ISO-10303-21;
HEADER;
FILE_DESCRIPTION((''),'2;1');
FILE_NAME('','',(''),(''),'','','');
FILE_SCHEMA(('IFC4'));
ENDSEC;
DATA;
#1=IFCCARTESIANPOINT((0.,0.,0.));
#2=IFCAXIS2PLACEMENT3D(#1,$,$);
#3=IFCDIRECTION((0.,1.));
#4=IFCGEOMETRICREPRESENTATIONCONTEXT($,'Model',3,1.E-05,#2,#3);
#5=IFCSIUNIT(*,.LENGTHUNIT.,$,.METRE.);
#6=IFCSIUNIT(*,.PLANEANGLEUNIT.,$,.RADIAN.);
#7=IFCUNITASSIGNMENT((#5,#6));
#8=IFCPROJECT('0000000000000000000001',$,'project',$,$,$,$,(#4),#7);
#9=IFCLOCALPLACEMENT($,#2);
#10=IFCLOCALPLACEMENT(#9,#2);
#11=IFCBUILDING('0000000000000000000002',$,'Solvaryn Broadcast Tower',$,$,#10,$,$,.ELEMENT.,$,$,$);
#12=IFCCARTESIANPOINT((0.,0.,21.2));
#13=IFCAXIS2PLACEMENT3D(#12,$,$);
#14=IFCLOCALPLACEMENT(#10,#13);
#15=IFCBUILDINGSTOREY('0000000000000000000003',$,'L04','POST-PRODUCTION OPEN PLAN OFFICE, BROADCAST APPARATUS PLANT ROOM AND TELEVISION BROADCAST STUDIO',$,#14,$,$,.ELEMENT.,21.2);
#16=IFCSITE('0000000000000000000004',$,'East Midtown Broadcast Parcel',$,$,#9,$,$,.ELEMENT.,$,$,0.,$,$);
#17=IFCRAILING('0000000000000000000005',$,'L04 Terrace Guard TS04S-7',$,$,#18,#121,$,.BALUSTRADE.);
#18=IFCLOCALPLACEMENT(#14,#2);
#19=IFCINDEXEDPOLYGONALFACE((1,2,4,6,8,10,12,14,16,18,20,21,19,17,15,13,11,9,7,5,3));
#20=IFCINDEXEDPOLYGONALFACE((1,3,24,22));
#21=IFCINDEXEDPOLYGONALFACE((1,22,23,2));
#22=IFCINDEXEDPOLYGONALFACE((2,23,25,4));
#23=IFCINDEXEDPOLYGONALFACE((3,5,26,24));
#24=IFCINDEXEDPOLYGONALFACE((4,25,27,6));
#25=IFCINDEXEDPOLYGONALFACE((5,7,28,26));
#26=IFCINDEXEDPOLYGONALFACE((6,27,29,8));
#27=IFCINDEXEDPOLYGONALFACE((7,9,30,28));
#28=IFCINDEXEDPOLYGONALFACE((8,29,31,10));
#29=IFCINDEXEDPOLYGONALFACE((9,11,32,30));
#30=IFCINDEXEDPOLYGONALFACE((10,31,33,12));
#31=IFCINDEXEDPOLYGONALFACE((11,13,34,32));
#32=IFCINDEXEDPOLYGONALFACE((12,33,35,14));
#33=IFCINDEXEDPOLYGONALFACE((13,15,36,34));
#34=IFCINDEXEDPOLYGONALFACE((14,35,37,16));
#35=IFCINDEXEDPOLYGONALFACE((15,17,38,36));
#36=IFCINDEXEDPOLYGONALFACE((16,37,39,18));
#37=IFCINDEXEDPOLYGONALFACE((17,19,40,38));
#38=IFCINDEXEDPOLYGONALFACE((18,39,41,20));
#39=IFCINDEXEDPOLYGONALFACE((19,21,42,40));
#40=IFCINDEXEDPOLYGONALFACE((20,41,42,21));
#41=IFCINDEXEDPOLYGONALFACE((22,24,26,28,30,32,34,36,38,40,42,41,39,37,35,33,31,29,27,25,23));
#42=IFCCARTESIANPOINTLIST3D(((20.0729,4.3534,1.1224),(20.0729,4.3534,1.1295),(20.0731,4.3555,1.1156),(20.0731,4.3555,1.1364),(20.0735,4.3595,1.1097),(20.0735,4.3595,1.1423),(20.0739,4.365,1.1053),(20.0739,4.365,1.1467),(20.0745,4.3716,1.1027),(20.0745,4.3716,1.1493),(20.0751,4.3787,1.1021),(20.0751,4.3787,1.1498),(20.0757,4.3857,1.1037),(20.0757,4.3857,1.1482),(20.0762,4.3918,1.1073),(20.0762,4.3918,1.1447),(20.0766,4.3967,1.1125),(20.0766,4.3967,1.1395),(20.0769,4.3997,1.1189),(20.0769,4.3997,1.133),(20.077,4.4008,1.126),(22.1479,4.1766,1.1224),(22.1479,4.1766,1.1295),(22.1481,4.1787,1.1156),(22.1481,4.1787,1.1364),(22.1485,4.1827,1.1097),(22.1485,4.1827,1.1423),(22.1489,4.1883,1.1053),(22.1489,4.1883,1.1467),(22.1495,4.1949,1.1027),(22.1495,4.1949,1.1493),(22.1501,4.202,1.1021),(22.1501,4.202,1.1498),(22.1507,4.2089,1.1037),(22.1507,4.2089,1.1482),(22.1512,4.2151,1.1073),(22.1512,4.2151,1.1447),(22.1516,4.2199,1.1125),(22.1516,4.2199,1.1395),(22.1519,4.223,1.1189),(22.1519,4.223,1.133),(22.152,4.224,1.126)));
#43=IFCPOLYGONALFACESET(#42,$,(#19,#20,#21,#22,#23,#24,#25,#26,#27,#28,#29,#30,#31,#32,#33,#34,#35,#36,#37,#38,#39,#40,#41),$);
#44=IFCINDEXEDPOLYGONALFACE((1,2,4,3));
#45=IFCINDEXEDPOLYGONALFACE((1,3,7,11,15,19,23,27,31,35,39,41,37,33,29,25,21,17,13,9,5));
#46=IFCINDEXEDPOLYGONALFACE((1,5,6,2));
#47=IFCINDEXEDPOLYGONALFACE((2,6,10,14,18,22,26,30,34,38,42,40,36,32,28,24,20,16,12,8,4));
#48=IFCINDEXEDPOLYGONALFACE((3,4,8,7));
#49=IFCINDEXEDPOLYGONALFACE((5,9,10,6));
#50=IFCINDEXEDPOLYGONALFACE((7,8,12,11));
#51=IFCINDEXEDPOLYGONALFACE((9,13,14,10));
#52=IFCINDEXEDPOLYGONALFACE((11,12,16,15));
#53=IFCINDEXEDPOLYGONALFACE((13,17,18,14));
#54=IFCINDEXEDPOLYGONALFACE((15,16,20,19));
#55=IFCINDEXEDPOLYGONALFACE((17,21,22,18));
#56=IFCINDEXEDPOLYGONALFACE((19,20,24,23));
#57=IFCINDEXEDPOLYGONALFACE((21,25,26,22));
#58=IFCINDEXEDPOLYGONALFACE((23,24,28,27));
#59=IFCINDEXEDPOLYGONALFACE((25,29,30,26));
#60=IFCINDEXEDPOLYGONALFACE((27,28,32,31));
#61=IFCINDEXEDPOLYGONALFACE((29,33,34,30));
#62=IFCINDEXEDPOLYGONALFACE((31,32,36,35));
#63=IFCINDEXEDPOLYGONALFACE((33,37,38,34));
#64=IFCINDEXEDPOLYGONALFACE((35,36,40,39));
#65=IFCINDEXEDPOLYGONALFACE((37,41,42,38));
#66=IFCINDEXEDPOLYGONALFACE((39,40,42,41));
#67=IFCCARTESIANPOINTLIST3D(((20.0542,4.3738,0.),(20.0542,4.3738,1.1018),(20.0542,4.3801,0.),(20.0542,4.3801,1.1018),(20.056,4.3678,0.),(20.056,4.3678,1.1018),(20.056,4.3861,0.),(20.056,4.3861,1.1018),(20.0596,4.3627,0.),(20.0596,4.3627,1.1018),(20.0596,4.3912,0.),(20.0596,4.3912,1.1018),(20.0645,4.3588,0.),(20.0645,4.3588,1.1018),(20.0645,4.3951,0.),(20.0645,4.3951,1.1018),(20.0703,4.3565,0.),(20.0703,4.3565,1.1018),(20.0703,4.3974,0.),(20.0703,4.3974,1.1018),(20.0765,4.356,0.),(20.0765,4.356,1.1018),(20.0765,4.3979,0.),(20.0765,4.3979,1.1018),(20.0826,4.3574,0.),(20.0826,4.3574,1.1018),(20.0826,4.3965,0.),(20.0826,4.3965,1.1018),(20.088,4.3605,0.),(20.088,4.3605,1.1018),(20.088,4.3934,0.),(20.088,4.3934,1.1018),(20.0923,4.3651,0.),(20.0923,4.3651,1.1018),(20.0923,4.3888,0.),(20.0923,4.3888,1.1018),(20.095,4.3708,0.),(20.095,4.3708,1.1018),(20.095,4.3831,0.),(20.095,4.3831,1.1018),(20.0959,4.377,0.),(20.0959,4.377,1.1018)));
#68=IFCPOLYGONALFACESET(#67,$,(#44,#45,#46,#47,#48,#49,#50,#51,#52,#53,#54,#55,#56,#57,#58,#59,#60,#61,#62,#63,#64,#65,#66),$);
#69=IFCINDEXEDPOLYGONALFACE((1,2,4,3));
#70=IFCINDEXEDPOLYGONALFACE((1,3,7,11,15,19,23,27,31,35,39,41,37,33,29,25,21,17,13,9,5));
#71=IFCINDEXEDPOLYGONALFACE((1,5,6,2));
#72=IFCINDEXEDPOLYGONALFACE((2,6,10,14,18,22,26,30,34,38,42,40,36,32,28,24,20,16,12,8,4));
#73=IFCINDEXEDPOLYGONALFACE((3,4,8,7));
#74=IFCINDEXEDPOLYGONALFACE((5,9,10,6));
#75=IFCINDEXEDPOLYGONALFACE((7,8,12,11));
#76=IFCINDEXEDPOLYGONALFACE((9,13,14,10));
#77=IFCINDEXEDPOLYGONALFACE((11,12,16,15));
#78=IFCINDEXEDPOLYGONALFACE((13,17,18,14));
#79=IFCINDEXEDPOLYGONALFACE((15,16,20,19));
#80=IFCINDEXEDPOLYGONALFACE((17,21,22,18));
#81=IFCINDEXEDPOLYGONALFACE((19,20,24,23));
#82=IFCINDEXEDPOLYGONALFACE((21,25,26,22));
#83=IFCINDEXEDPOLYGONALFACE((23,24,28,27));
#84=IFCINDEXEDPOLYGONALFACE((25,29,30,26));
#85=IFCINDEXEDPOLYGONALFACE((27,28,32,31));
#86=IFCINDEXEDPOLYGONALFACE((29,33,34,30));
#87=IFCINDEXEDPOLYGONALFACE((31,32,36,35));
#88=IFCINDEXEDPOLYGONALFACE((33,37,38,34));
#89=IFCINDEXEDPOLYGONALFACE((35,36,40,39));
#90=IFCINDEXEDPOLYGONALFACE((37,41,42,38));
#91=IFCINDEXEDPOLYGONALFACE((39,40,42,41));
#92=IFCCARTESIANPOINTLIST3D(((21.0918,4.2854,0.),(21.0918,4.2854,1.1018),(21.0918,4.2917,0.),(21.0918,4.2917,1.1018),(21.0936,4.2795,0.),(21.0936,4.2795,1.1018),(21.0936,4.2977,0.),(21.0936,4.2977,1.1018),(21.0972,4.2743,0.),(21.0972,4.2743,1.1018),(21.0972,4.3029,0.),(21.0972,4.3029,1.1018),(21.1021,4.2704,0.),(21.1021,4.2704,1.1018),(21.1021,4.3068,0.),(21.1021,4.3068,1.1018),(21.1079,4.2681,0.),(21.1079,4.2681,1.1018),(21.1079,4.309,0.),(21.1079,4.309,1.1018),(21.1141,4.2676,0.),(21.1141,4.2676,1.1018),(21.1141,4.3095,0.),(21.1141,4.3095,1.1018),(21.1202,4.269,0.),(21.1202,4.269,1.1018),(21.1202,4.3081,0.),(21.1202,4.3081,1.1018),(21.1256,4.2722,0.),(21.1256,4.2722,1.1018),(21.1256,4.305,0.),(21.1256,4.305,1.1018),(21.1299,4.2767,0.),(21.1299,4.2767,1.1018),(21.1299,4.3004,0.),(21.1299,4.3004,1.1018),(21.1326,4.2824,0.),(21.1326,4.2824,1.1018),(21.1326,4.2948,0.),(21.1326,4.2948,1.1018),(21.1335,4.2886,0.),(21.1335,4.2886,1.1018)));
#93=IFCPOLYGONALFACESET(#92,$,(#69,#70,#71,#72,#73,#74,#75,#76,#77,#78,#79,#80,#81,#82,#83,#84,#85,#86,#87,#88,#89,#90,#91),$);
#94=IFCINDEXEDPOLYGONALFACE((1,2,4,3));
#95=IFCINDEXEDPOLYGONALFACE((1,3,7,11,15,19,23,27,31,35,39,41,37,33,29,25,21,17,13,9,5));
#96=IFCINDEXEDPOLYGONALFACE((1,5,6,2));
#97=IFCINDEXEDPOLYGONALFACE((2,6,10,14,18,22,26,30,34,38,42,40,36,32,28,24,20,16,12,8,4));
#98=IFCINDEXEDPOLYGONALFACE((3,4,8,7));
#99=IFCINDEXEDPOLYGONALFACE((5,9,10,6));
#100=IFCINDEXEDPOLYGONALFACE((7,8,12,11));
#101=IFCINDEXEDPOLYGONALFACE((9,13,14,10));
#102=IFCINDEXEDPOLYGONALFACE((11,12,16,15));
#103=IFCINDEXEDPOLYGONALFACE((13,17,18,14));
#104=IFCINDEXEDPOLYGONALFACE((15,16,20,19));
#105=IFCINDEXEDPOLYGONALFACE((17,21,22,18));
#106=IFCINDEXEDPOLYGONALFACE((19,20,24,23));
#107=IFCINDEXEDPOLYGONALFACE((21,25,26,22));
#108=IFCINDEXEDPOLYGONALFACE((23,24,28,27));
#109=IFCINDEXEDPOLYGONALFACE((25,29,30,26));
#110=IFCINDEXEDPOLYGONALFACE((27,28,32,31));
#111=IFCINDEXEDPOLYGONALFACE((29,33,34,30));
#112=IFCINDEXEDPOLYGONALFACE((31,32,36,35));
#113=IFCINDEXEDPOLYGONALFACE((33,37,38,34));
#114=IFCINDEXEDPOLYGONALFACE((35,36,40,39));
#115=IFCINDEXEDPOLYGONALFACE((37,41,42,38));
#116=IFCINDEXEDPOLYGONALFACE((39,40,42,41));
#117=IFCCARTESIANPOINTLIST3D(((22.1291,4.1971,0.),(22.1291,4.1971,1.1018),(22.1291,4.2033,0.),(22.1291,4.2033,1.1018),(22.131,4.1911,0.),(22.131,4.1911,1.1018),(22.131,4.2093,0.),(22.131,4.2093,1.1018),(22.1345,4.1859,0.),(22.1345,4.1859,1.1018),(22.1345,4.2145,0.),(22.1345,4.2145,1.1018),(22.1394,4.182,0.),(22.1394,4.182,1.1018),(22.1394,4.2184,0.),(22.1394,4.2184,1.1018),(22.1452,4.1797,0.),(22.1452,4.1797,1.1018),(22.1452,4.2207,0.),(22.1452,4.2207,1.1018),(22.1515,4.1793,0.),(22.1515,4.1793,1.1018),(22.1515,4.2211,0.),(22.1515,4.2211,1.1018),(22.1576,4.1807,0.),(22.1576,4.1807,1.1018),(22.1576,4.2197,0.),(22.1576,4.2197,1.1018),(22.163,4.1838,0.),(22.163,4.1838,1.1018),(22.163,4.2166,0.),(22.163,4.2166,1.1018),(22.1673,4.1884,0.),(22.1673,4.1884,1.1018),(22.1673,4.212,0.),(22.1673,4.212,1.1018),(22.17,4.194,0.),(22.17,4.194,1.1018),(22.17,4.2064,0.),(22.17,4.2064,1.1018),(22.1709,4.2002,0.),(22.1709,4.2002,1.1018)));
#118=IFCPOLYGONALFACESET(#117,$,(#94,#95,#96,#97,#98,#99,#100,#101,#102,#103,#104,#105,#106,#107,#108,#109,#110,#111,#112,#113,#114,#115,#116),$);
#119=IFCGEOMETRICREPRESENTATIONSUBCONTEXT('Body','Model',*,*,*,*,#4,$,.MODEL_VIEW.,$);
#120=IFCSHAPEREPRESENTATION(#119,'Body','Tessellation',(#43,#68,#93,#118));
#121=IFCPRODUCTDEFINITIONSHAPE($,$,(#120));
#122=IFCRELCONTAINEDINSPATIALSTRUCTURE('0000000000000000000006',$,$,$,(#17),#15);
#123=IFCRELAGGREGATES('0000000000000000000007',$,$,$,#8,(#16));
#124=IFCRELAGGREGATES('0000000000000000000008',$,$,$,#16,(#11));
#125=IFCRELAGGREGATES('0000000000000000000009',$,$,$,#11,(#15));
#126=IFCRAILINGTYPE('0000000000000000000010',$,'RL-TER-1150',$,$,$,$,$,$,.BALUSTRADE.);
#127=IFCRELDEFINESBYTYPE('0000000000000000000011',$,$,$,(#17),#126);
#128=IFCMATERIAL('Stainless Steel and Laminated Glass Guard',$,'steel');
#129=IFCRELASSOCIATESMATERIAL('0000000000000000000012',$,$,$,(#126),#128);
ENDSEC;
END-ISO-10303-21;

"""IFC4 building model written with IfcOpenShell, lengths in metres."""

from ifc_helpers import new_model, si_unit, direction, frame, origin, origin_2d, place, context, subcontext, project, spatial, circle, extrude, material, type_object, element, save


model = new_model("IFC4")

# Units and contexts
model_context = context("Model", 3, precision=1e-05, world=origin(), true_north=direction((0.0, 1.0)))
body_context = subcontext(model_context, "Body", "Model", "MODEL_VIEW")
ifc_project = project(units=[si_unit("LENGTHUNIT", "METRE"), si_unit("PLANEANGLEUNIT", "RADIAN")], contexts=[model_context])

# Site, building, storey
site_placement = place(None, origin())
site = spatial("IfcSite", under=ifc_project, at=site_placement, Name="East Midtown Broadcast Parcel", CompositionType="ELEMENT", RefElevation=0.0)
building_placement = place(site_placement, origin())
building = spatial("IfcBuilding", under=site, at=building_placement, Name="Solvaryn Broadcast Tower", CompositionType="ELEMENT")
storey_placement = place(building_placement, frame((0.0, 0.0, 21.2)))
storey = spatial("IfcBuildingStorey", under=building, at=storey_placement, Name="L04", Description="POST-PRODUCTION OPEN PLAN OFFICE, BROADCAST APPARATUS PLANT ROOM AND TELEVISION BROADCAST STUDIO", CompositionType="ELEMENT", Elevation=21.2)

# Railing
ifc_material_1 = material(Name="Stainless Steel and Laminated Glass Guard", Category="steel")
railing_type = type_object("IfcRailingType", Name="RL-TER-1150", PredefinedType="BALUSTRADE", material=ifc_material_1)
railing_1_placement = place(storey_placement, frame((20.075, 4.377, 0.0)))
element("IfcRailing", 1, at=railing_1_placement, inside=storey, type_object=railing_type, Name="L04 Terrace Guard TS04S-7", PredefinedType="BALUSTRADE", context=body_context, shape_type="SweptSolid", body=[
    extrude(circle(Radius=0.0239, at=origin_2d()), frame((0.0, 0.0, 1.126), z_axis=(0.996391, -0.084879, 0.0), x_axis=(0.084879, 0.996391, 0.0)), (0.0, 0.0, 1.0), 2.0825),
    extrude(circle(Radius=0.021, at=origin_2d()), origin(), (0.0, 0.0, 1.0), 1.1018),
    extrude(circle(Radius=0.021, at=origin_2d()), frame((1.0376, -0.0884, 0.0)), (0.0, 0.0, 1.0), 1.1018),
    extrude(circle(Radius=0.021, at=origin_2d()), frame((2.075, -0.1768, 0.0)), (0.0, 0.0, 1.0), 1.1018),
])

save(model, "model.ifc")
